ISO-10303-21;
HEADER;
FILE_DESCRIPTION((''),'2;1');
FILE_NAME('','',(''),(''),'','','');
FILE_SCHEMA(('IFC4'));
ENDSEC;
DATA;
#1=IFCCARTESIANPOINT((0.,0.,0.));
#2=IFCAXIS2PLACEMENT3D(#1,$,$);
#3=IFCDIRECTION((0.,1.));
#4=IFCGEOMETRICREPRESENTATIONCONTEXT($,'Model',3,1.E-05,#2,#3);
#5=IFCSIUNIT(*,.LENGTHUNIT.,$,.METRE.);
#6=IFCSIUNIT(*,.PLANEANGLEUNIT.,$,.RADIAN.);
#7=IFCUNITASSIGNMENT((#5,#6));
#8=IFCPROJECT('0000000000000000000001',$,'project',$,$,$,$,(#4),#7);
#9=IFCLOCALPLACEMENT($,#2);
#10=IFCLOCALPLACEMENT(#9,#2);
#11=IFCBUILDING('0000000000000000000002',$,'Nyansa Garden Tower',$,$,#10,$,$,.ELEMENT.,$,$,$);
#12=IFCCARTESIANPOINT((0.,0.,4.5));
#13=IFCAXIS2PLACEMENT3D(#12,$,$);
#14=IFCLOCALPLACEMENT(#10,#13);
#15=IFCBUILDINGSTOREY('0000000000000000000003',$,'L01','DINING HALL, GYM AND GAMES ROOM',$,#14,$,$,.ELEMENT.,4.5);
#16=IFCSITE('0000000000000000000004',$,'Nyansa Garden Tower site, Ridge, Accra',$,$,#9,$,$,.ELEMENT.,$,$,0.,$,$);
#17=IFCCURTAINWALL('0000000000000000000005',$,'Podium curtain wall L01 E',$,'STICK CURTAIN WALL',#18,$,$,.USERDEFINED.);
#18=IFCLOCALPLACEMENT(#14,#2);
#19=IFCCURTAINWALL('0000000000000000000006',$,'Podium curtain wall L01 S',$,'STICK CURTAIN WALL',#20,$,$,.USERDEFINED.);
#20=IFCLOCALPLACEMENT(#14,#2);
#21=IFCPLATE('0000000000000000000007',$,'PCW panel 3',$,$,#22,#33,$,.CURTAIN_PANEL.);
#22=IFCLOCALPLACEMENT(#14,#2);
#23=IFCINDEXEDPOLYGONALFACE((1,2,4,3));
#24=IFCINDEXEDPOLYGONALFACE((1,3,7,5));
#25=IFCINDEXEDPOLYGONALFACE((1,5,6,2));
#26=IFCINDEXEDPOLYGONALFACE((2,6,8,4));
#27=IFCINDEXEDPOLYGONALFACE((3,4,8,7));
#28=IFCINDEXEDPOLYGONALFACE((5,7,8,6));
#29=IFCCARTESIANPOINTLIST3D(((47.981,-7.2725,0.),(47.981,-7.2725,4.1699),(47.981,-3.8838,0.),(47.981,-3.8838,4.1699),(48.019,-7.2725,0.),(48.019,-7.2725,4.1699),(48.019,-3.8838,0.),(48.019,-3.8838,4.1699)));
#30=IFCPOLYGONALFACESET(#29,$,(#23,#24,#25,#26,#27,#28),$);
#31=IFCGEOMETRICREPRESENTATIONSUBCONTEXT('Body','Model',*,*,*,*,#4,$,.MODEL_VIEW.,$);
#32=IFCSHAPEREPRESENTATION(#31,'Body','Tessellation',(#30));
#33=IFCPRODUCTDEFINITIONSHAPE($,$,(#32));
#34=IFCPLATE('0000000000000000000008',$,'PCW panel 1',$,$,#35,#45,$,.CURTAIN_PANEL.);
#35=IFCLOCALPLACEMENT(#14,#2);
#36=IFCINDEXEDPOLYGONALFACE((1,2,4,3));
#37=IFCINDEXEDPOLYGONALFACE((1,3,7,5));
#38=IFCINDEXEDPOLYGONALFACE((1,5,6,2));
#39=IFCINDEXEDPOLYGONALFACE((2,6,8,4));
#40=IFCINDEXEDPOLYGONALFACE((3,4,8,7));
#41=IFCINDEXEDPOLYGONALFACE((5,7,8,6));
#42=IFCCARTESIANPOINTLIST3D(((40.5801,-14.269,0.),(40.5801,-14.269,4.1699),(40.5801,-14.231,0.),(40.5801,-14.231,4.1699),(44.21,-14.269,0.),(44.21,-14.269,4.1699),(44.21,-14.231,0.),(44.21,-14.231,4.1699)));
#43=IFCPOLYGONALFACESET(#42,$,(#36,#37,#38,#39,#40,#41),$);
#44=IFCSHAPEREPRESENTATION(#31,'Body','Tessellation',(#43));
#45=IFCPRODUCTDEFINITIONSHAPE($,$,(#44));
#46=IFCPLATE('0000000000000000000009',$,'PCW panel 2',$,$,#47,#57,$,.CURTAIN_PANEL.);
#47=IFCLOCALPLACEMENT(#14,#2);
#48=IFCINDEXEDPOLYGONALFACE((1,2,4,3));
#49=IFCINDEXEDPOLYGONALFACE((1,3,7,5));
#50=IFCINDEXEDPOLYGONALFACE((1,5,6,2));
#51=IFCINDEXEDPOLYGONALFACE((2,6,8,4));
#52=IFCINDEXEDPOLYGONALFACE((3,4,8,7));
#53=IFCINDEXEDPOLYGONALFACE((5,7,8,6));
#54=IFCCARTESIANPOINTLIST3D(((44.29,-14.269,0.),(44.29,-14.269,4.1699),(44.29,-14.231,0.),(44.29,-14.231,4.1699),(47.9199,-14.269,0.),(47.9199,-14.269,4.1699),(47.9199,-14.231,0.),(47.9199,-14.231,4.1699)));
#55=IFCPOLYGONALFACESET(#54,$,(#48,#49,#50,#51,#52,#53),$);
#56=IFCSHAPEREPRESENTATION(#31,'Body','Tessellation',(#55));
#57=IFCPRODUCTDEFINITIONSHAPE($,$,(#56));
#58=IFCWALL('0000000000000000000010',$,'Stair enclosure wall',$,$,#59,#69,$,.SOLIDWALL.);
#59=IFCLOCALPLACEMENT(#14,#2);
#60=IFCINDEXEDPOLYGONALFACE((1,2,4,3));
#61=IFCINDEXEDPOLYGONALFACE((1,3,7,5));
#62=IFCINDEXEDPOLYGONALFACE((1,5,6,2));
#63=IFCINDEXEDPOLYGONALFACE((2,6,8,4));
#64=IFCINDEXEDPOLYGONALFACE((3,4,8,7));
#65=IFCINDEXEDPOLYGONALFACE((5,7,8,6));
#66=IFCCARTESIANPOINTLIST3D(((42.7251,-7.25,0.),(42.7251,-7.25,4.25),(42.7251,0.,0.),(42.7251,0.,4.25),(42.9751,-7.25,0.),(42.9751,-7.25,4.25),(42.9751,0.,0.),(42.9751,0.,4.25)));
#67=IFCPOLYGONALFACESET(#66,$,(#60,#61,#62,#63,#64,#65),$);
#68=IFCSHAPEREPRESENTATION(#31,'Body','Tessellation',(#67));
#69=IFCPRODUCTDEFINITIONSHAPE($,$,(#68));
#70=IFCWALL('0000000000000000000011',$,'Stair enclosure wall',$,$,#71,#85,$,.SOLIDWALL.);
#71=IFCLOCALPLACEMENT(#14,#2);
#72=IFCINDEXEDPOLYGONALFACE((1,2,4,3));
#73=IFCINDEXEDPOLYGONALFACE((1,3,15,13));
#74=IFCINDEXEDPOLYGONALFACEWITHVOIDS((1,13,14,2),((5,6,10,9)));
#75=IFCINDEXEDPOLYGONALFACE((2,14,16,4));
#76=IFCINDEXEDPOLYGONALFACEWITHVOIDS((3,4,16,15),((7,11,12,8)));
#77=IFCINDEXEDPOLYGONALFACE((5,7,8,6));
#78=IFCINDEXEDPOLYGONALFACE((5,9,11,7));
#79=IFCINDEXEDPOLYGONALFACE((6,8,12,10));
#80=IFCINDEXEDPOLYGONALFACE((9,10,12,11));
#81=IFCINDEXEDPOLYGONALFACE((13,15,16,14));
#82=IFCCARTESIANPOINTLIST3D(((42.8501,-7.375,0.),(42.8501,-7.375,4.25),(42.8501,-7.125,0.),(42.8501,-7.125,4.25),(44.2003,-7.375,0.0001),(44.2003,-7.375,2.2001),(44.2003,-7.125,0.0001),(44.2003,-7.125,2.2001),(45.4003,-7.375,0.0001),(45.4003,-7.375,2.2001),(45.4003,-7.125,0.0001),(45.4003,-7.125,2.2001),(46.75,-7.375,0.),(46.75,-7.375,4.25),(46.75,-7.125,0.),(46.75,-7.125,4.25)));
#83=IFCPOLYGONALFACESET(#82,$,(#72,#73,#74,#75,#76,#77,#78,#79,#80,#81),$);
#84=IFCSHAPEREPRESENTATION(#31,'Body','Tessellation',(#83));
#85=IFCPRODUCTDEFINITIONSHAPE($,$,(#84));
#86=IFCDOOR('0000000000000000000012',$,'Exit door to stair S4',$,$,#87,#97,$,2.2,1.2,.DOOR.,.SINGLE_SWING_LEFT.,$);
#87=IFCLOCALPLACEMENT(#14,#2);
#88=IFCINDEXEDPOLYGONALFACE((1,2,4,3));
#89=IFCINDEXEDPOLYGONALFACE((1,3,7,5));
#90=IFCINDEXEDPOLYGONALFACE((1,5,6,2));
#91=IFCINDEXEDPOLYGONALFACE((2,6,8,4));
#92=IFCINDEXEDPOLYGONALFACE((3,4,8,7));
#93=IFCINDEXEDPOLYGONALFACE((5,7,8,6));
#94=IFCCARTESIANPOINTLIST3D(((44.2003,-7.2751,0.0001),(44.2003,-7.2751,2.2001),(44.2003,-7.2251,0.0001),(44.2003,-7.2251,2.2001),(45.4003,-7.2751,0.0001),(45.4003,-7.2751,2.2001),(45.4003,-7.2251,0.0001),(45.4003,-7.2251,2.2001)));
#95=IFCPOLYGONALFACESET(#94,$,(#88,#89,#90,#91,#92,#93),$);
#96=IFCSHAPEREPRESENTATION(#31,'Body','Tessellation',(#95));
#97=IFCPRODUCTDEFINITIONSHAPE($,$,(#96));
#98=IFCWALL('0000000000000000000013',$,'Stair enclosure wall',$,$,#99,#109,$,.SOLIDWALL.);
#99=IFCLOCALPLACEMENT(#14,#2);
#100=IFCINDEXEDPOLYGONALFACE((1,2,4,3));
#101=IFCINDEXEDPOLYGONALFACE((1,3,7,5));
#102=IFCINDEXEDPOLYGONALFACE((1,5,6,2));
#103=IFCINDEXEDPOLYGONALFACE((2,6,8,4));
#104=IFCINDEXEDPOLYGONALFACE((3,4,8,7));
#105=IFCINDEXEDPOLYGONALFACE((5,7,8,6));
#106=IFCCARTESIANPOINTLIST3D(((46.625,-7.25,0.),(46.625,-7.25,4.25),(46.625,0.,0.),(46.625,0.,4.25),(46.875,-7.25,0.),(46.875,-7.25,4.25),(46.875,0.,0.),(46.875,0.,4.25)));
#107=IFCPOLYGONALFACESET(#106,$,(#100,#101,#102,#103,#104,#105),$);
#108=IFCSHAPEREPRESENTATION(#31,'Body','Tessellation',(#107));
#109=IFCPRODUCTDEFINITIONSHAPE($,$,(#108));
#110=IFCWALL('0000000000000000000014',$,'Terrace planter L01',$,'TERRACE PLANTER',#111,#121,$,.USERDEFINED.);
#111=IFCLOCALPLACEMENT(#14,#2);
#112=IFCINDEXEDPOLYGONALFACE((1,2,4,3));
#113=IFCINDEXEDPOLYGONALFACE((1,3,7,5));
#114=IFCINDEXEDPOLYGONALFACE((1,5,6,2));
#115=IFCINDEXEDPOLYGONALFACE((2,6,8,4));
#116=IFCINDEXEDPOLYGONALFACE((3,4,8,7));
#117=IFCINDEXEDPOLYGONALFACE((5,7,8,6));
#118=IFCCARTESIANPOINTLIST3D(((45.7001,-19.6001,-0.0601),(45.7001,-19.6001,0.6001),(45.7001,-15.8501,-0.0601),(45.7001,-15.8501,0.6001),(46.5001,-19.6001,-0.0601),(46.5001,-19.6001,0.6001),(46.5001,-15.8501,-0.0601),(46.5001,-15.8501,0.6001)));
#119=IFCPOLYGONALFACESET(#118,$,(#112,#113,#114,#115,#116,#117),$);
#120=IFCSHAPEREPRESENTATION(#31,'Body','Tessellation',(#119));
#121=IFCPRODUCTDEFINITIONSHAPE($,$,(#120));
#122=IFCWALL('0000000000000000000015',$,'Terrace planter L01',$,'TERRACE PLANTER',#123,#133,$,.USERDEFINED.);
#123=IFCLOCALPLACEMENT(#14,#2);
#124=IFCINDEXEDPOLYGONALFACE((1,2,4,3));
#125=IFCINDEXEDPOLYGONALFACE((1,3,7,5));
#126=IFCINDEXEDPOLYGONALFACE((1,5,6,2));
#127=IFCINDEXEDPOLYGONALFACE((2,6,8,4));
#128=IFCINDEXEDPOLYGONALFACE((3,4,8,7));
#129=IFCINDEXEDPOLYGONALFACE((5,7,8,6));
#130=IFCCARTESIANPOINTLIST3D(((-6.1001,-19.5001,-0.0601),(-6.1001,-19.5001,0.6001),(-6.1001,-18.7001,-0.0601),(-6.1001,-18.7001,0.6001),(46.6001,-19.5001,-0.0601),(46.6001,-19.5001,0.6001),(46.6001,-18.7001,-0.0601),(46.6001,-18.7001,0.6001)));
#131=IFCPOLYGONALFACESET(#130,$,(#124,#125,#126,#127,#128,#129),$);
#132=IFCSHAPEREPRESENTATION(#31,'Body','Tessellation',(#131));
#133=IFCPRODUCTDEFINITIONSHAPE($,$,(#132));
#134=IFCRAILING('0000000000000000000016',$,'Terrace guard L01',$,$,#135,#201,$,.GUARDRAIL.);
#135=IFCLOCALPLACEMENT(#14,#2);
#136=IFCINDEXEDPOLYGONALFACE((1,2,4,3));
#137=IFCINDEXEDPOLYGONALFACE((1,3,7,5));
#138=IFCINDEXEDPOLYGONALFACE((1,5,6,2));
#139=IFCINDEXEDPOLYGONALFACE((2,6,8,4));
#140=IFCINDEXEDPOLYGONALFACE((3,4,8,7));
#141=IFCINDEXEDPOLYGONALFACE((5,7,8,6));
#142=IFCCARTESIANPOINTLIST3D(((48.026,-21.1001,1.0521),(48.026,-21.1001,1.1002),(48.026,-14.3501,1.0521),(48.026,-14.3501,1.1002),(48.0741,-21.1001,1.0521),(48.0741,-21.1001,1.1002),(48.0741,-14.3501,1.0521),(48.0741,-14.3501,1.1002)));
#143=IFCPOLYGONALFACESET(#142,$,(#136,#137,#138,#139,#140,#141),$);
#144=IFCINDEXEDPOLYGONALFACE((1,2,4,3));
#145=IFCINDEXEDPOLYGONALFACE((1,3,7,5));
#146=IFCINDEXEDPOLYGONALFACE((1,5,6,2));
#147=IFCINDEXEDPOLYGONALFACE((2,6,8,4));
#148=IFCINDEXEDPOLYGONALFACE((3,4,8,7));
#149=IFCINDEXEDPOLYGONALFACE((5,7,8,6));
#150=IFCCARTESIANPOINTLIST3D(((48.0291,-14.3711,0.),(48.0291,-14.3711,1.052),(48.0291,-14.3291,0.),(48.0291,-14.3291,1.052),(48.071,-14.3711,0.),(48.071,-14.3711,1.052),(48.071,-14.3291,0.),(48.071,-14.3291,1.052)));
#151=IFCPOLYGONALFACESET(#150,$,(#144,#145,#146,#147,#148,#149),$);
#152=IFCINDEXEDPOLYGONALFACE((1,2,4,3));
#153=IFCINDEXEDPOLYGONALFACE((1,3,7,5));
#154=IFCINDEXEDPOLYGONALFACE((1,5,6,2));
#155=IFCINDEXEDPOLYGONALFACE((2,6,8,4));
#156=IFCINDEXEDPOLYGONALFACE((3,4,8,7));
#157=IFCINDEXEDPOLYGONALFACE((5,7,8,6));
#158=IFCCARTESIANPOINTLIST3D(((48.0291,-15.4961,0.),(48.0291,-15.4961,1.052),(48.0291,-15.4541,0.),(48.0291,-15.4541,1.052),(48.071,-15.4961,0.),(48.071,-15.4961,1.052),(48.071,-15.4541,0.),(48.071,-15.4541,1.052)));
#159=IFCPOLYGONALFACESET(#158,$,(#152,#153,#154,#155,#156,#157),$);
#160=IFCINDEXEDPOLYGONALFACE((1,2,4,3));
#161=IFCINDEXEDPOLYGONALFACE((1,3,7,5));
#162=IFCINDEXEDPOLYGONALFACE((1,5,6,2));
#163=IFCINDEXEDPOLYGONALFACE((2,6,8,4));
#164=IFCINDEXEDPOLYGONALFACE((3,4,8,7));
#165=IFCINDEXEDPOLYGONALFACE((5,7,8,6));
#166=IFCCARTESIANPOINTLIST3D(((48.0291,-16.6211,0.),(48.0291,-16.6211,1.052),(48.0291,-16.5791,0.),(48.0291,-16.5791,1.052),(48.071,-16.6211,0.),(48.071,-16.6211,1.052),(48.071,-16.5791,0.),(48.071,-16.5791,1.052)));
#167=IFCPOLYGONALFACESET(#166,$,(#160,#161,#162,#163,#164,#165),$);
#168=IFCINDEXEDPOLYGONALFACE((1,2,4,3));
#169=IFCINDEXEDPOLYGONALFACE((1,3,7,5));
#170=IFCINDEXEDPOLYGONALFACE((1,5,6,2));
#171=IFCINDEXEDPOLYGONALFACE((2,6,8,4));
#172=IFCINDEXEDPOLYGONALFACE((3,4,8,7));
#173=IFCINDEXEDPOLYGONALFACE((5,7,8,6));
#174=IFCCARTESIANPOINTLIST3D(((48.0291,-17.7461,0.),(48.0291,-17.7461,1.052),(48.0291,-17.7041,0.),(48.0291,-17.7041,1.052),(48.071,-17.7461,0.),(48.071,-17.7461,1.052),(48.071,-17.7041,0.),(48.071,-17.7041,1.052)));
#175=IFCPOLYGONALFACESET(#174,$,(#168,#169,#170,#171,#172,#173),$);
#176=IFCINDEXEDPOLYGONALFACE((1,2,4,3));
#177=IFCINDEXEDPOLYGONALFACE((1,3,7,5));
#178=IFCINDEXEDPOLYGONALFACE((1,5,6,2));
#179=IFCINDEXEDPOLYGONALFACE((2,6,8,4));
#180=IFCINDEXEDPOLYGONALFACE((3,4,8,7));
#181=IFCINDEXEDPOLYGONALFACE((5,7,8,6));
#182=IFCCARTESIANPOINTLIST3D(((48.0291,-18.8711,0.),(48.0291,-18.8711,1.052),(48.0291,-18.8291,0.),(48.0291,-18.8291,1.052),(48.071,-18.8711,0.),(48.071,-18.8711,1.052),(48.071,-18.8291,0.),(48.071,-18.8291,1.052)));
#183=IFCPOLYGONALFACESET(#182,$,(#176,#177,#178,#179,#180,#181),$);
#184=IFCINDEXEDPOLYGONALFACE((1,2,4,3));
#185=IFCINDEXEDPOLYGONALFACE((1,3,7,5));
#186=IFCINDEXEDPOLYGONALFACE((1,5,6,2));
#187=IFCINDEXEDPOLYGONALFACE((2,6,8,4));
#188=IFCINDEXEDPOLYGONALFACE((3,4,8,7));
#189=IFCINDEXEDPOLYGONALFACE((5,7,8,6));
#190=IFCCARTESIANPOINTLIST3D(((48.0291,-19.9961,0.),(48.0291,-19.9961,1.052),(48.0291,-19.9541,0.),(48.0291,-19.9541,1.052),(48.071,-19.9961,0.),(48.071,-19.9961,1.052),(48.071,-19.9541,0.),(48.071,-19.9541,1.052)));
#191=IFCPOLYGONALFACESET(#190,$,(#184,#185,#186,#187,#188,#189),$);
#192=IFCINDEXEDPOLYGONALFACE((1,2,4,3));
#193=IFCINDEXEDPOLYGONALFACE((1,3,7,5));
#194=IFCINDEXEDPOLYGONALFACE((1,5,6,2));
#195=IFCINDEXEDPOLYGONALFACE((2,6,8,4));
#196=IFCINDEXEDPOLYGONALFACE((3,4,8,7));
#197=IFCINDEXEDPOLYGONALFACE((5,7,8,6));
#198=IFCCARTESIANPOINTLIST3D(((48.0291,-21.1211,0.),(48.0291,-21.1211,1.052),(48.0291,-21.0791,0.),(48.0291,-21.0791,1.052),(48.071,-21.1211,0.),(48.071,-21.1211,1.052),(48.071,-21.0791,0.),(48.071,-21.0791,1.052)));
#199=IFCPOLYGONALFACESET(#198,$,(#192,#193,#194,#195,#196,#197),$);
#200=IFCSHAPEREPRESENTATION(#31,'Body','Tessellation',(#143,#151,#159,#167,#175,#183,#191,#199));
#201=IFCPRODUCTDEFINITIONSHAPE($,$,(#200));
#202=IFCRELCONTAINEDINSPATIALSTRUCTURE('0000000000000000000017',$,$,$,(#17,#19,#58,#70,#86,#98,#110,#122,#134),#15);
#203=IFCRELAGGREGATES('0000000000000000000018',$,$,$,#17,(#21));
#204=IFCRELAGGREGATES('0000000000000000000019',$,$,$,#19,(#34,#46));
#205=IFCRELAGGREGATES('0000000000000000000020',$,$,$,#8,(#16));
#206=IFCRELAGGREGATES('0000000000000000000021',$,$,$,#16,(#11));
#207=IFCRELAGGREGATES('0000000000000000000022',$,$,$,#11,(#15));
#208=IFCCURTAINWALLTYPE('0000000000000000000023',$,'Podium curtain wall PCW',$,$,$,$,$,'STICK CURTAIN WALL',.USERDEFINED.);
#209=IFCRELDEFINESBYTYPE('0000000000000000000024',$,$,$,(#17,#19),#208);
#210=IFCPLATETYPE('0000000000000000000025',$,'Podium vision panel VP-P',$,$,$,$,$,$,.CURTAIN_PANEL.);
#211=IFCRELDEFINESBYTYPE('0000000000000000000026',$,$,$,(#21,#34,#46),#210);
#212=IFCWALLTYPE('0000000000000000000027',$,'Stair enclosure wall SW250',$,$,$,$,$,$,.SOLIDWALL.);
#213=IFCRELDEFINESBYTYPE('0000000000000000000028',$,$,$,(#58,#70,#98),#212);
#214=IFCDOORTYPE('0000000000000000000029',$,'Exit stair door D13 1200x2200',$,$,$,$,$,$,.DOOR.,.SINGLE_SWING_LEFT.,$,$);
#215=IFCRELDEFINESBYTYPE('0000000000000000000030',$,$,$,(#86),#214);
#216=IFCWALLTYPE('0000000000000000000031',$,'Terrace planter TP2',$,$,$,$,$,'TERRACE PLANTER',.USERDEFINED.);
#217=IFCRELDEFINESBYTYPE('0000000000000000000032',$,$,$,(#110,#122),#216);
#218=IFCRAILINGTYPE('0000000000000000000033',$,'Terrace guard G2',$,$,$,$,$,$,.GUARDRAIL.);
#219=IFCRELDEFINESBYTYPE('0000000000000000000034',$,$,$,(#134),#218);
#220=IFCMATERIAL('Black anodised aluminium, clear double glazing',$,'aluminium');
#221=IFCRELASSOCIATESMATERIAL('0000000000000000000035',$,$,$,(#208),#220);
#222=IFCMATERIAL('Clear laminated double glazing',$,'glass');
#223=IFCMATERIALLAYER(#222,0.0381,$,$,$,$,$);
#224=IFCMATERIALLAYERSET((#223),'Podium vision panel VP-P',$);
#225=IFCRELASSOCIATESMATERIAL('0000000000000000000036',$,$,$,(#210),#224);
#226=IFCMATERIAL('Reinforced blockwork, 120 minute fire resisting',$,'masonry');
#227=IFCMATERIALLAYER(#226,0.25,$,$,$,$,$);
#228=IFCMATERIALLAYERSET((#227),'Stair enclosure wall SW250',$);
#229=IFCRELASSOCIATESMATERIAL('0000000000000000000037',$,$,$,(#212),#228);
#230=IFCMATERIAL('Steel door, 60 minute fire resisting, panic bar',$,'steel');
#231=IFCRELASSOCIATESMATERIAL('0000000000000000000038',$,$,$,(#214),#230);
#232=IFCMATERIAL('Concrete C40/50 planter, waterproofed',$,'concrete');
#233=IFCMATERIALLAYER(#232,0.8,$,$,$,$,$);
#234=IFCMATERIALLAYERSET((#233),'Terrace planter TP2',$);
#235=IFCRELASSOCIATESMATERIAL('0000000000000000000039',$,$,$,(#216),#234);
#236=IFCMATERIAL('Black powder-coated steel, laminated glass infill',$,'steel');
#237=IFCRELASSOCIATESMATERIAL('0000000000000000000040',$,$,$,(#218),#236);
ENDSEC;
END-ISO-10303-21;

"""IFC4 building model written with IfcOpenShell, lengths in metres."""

from ifc_helpers import new_model, si_unit, direction, frame, frame_2d, origin, origin_2d, place, context, subcontext, project, spatial, rectangle, extrude, material, layer, layer_set, type_object, element, fill, aggregate, save


model = new_model("IFC4")

# Units and contexts
model_context = context("Model", 3, precision=1e-05, world=origin(), true_north=direction((0.0, 1.0)))
body_context = subcontext(model_context, "Body", "Model", "MODEL_VIEW")
ifc_project = project(units=[si_unit("LENGTHUNIT", "METRE"), si_unit("PLANEANGLEUNIT", "RADIAN")], contexts=[model_context])

# Site, building, storey
site_placement = place(None, origin())
site = spatial("IfcSite", under=ifc_project, at=site_placement, Name="Nyansa Garden Tower site, Ridge, Accra", CompositionType="ELEMENT", RefElevation=0.0)
building_placement = place(site_placement, origin())
building = spatial("IfcBuilding", under=site, at=building_placement, Name="Nyansa Garden Tower", CompositionType="ELEMENT")
storey_placement = place(building_placement, frame((0.0, 0.0, 4.5)))
storey = spatial("IfcBuildingStorey", under=building, at=storey_placement, Name="L01", Description="DINING HALL, GYM AND GAMES ROOM", CompositionType="ELEMENT", Elevation=4.5)

# Curtain walls
ifc_material_1 = material(Name="Black anodised aluminium, clear double glazing", Category="aluminium")
curtain_wall_type = type_object("IfcCurtainWallType", Name="Podium curtain wall PCW", ElementType="STICK CURTAIN WALL", PredefinedType="USERDEFINED", material=ifc_material_1)
curtain_wall_1_placement = place(storey_placement, origin())
curtain_wall_1 = element("IfcCurtainWall", 1, at=curtain_wall_1_placement, inside=storey, type_object=curtain_wall_type, Name="Podium curtain wall L01 E", ObjectType="STICK CURTAIN WALL", PredefinedType="USERDEFINED")
curtain_wall_2_placement = place(storey_placement, origin())
curtain_wall_2 = element("IfcCurtainWall", 2, at=curtain_wall_2_placement, inside=storey, type_object=curtain_wall_type, Name="Podium curtain wall L01 S", ObjectType="STICK CURTAIN WALL", PredefinedType="USERDEFINED")

# Plates
ifc_material_2 = material(Name="Clear laminated double glazing", Category="glass")
ifc_layer_1 = layer(ifc_material_2, 0.0381)
ifc_layer_set_1 = layer_set([ifc_layer_1], Name="Podium vision panel VP-P")
plate_type = type_object("IfcPlateType", Name="Podium vision panel VP-P", PredefinedType="CURTAIN_PANEL", material=ifc_layer_set_1)
plate_1_placement = place(storey_placement, frame((48.0, -5.5781, 0.0), z_axis=(0.0, 0.0, 1.0), x_axis=(0.0, 1.0, 0.0)))
plate_1 = element("IfcPlate", 3, at=plate_1_placement, type_object=plate_type, Name="PCW panel 3", PredefinedType="CURTAIN_PANEL", context=body_context, shape_type="SweptSolid", body=[
    extrude(rectangle(XDim=3.3887, YDim=0.0381, at=origin_2d()), origin(), (0.0, 0.0, 1.0), 4.1699),
])
aggregate(curtain_wall_1, [plate_1])
plate_2_placement = place(storey_placement, frame((42.395, -14.25, 0.0), z_axis=(0.0, 0.0, 1.0), x_axis=(1.0, 0.0, 0.0)))
plate_2 = element("IfcPlate", 4, at=plate_2_placement, type_object=plate_type, Name="PCW panel 1", PredefinedType="CURTAIN_PANEL", context=body_context, shape_type="SweptSolid", body=[
    extrude(rectangle(XDim=3.6299, YDim=0.0381, at=origin_2d()), origin(), (0.0, 0.0, 1.0), 4.1699),
])
plate_3_placement = place(storey_placement, frame((46.105, -14.25, 0.0), z_axis=(0.0, 0.0, 1.0), x_axis=(1.0, 0.0, 0.0)))
plate_3 = element("IfcPlate", 5, at=plate_3_placement, type_object=plate_type, Name="PCW panel 2", PredefinedType="CURTAIN_PANEL", context=body_context, shape_type="SweptSolid", body=[
    extrude(rectangle(XDim=3.6299, YDim=0.0381, at=origin_2d()), origin(), (0.0, 0.0, 1.0), 4.1699),
])
aggregate(curtain_wall_2, [plate_2, plate_3])

# Wall
ifc_material_3 = material(Name="Reinforced blockwork, 120 minute fire resisting", Category="masonry")
ifc_layer_2 = layer(ifc_material_3, 0.25)
ifc_layer_set_2 = layer_set([ifc_layer_2], Name="Stair enclosure wall SW250")
wall_type_1 = type_object("IfcWallType", Name="Stair enclosure wall SW250", PredefinedType="SOLIDWALL", material=ifc_layer_set_2)
wall_1_placement = place(storey_placement, frame((42.8501, -7.25, 0.0), z_axis=(0.0, 0.0, 1.0), x_axis=(0.0, 1.0, 0.0)))
element("IfcWall", 6, at=wall_1_placement, inside=storey, type_object=wall_type_1, Name="Stair enclosure wall", PredefinedType="SOLIDWALL", context=body_context, shape_type="SweptSolid", body=[
    extrude(rectangle(XDim=7.25, YDim=0.25, at=frame_2d((3.625, 0.0))), origin(), (0.0, 0.0, 1.0), 4.25),
])

# Wall, opening, door
wall_2_placement = place(storey_placement, frame((42.8501, -7.25, 0.0), z_axis=(0.0, 0.0, 1.0), x_axis=(1.0, 0.0, 0.0)))
wall_2 = element("IfcWall", 7, at=wall_2_placement, inside=storey, type_object=wall_type_1, Name="Stair enclosure wall", PredefinedType="SOLIDWALL", context=body_context, shape_type="SweptSolid", body=[
    extrude(rectangle(XDim=3.8999, YDim=0.25, at=frame_2d((1.95, 0.0))), origin(), (0.0, 0.0, 1.0), 4.25),
])
opening_placement = place(wall_2_placement, frame((1.3501, 0.0, 0.0)))
opening = element("IfcOpeningElement", 8, at=opening_placement, cuts=wall_2, PredefinedType="OPENING", context=body_context, shape_type="SweptSolid", body=[
    extrude(rectangle(XDim=1.2, YDim=2.2, at=frame_2d((0.6001, 1.1001))), frame((0.0, 0.135, 0.0), z_axis=(0.0, -1.0, 0.0), x_axis=(1.0, 0.0, 0.0)), (0.0, 0.0, 1.0), 0.27),
])
ifc_material_4 = material(Name="Steel door, 60 minute fire resisting, panic bar", Category="steel")
door_type = type_object("IfcDoorType", Name="Exit stair door D13 1200x2200", OperationType="SINGLE_SWING_LEFT", PredefinedType="DOOR", material=ifc_material_4)
door_placement = place(opening_placement, origin())
door = element("IfcDoor", 9, at=door_placement, inside=storey, type_object=door_type, Name="Exit door to stair S4", OperationType="SINGLE_SWING_LEFT", OverallHeight=2.2, OverallWidth=1.2, PredefinedType="DOOR", context=body_context, shape_type="SweptSolid", body=[
    extrude(rectangle(XDim=1.2, YDim=2.2, at=frame_2d((0.6001, 1.1001))), frame((0.0, 0.0249, 0.0), z_axis=(0.0, -1.0, 0.0), x_axis=(1.0, 0.0, 0.0)), (0.0, 0.0, 1.0), 0.05),
])
fill(opening, door)

# Walls
wall_3_placement = place(storey_placement, frame((46.75, -7.25, 0.0), z_axis=(0.0, 0.0, 1.0), x_axis=(0.0, 1.0, 0.0)))
element("IfcWall", 10, at=wall_3_placement, inside=storey, type_object=wall_type_1, Name="Stair enclosure wall", PredefinedType="SOLIDWALL", context=body_context, shape_type="SweptSolid", body=[
    extrude(rectangle(XDim=7.25, YDim=0.25, at=frame_2d((3.625, 0.0))), origin(), (0.0, 0.0, 1.0), 4.25),
])
ifc_material_5 = material(Name="Concrete C40/50 planter, waterproofed", Category="concrete")
ifc_layer_3 = layer(ifc_material_5, 0.8)
ifc_layer_set_3 = layer_set([ifc_layer_3], Name="Terrace planter TP2")
wall_type_2 = type_object("IfcWallType", Name="Terrace planter TP2", ElementType="TERRACE PLANTER", PredefinedType="USERDEFINED", material=ifc_layer_set_3)
wall_4_placement = place(storey_placement, frame((46.1001, -15.8501, -0.0601), z_axis=(0.0, 0.0, 1.0), x_axis=(0.0, -1.0, 0.0)))
element("IfcWall", 11, at=wall_4_placement, inside=storey, type_object=wall_type_2, Name="Terrace planter L01", ObjectType="TERRACE PLANTER", PredefinedType="USERDEFINED", context=body_context, shape_type="SweptSolid", body=[
    extrude(rectangle(XDim=3.75, YDim=0.8, at=frame_2d((1.875, 0.0))), origin(), (0.0, 0.0, 1.0), 0.6602),
])
wall_5_placement = place(storey_placement, frame((46.6001, -19.1001, -0.0601), z_axis=(0.0, 0.0, 1.0), x_axis=(-1.0, 0.0, 0.0)))
element("IfcWall", 12, at=wall_5_placement, inside=storey, type_object=wall_type_2, Name="Terrace planter L01", ObjectType="TERRACE PLANTER", PredefinedType="USERDEFINED", context=body_context, shape_type="SweptSolid", body=[
    extrude(rectangle(XDim=52.7002, YDim=0.8, at=frame_2d((26.3501, 0.0))), origin(), (0.0, 0.0, 1.0), 0.6602),
])

# Railing
ifc_material_6 = material(Name="Black powder-coated steel, laminated glass infill", Category="steel")
railing_type = type_object("IfcRailingType", Name="Terrace guard G2", PredefinedType="GUARDRAIL", material=ifc_material_6)
railing_1_placement = place(storey_placement, frame((48.05, -14.3501, 0.0)))
element("IfcRailing", 13, at=railing_1_placement, inside=storey, type_object=railing_type, Name="Terrace guard L01", PredefinedType="GUARDRAIL", context=body_context, shape_type="SweptSolid", body=[
    extrude(rectangle(XDim=0.0481, YDim=0.0481, at=origin_2d()), frame((0.0, 0.0, 1.0762), z_axis=(0.0, -1.0, 0.0), x_axis=(1.0, 0.0, 0.0)), (0.0, 0.0, 1.0), 6.75),
    extrude(rectangle(XDim=0.042, YDim=0.042, at=origin_2d()), origin(), (0.0, 0.0, 1.0), 1.052),
    extrude(rectangle(XDim=0.042, YDim=0.042, at=origin_2d()), frame((0.0, -1.125, 0.0)), (0.0, 0.0, 1.0), 1.052),
    extrude(rectangle(XDim=0.042, YDim=0.042, at=origin_2d()), frame((0.0, -2.25, 0.0)), (0.0, 0.0, 1.0), 1.052),
    extrude(rectangle(XDim=0.042, YDim=0.042, at=origin_2d()), frame((0.0, -3.375, 0.0)), (0.0, 0.0, 1.0), 1.052),
    extrude(rectangle(XDim=0.042, YDim=0.042, at=origin_2d()), frame((0.0, -4.5, 0.0)), (0.0, 0.0, 1.0), 1.052),
    extrude(rectangle(XDim=0.042, YDim=0.042, at=origin_2d()), frame((0.0, -5.625, 0.0)), (0.0, 0.0, 1.0), 1.052),
    extrude(rectangle(XDim=0.042, YDim=0.042, at=origin_2d()), frame((0.0, -6.75, 0.0)), (0.0, 0.0, 1.0), 1.052),
])

save(model, "model.ifc")
